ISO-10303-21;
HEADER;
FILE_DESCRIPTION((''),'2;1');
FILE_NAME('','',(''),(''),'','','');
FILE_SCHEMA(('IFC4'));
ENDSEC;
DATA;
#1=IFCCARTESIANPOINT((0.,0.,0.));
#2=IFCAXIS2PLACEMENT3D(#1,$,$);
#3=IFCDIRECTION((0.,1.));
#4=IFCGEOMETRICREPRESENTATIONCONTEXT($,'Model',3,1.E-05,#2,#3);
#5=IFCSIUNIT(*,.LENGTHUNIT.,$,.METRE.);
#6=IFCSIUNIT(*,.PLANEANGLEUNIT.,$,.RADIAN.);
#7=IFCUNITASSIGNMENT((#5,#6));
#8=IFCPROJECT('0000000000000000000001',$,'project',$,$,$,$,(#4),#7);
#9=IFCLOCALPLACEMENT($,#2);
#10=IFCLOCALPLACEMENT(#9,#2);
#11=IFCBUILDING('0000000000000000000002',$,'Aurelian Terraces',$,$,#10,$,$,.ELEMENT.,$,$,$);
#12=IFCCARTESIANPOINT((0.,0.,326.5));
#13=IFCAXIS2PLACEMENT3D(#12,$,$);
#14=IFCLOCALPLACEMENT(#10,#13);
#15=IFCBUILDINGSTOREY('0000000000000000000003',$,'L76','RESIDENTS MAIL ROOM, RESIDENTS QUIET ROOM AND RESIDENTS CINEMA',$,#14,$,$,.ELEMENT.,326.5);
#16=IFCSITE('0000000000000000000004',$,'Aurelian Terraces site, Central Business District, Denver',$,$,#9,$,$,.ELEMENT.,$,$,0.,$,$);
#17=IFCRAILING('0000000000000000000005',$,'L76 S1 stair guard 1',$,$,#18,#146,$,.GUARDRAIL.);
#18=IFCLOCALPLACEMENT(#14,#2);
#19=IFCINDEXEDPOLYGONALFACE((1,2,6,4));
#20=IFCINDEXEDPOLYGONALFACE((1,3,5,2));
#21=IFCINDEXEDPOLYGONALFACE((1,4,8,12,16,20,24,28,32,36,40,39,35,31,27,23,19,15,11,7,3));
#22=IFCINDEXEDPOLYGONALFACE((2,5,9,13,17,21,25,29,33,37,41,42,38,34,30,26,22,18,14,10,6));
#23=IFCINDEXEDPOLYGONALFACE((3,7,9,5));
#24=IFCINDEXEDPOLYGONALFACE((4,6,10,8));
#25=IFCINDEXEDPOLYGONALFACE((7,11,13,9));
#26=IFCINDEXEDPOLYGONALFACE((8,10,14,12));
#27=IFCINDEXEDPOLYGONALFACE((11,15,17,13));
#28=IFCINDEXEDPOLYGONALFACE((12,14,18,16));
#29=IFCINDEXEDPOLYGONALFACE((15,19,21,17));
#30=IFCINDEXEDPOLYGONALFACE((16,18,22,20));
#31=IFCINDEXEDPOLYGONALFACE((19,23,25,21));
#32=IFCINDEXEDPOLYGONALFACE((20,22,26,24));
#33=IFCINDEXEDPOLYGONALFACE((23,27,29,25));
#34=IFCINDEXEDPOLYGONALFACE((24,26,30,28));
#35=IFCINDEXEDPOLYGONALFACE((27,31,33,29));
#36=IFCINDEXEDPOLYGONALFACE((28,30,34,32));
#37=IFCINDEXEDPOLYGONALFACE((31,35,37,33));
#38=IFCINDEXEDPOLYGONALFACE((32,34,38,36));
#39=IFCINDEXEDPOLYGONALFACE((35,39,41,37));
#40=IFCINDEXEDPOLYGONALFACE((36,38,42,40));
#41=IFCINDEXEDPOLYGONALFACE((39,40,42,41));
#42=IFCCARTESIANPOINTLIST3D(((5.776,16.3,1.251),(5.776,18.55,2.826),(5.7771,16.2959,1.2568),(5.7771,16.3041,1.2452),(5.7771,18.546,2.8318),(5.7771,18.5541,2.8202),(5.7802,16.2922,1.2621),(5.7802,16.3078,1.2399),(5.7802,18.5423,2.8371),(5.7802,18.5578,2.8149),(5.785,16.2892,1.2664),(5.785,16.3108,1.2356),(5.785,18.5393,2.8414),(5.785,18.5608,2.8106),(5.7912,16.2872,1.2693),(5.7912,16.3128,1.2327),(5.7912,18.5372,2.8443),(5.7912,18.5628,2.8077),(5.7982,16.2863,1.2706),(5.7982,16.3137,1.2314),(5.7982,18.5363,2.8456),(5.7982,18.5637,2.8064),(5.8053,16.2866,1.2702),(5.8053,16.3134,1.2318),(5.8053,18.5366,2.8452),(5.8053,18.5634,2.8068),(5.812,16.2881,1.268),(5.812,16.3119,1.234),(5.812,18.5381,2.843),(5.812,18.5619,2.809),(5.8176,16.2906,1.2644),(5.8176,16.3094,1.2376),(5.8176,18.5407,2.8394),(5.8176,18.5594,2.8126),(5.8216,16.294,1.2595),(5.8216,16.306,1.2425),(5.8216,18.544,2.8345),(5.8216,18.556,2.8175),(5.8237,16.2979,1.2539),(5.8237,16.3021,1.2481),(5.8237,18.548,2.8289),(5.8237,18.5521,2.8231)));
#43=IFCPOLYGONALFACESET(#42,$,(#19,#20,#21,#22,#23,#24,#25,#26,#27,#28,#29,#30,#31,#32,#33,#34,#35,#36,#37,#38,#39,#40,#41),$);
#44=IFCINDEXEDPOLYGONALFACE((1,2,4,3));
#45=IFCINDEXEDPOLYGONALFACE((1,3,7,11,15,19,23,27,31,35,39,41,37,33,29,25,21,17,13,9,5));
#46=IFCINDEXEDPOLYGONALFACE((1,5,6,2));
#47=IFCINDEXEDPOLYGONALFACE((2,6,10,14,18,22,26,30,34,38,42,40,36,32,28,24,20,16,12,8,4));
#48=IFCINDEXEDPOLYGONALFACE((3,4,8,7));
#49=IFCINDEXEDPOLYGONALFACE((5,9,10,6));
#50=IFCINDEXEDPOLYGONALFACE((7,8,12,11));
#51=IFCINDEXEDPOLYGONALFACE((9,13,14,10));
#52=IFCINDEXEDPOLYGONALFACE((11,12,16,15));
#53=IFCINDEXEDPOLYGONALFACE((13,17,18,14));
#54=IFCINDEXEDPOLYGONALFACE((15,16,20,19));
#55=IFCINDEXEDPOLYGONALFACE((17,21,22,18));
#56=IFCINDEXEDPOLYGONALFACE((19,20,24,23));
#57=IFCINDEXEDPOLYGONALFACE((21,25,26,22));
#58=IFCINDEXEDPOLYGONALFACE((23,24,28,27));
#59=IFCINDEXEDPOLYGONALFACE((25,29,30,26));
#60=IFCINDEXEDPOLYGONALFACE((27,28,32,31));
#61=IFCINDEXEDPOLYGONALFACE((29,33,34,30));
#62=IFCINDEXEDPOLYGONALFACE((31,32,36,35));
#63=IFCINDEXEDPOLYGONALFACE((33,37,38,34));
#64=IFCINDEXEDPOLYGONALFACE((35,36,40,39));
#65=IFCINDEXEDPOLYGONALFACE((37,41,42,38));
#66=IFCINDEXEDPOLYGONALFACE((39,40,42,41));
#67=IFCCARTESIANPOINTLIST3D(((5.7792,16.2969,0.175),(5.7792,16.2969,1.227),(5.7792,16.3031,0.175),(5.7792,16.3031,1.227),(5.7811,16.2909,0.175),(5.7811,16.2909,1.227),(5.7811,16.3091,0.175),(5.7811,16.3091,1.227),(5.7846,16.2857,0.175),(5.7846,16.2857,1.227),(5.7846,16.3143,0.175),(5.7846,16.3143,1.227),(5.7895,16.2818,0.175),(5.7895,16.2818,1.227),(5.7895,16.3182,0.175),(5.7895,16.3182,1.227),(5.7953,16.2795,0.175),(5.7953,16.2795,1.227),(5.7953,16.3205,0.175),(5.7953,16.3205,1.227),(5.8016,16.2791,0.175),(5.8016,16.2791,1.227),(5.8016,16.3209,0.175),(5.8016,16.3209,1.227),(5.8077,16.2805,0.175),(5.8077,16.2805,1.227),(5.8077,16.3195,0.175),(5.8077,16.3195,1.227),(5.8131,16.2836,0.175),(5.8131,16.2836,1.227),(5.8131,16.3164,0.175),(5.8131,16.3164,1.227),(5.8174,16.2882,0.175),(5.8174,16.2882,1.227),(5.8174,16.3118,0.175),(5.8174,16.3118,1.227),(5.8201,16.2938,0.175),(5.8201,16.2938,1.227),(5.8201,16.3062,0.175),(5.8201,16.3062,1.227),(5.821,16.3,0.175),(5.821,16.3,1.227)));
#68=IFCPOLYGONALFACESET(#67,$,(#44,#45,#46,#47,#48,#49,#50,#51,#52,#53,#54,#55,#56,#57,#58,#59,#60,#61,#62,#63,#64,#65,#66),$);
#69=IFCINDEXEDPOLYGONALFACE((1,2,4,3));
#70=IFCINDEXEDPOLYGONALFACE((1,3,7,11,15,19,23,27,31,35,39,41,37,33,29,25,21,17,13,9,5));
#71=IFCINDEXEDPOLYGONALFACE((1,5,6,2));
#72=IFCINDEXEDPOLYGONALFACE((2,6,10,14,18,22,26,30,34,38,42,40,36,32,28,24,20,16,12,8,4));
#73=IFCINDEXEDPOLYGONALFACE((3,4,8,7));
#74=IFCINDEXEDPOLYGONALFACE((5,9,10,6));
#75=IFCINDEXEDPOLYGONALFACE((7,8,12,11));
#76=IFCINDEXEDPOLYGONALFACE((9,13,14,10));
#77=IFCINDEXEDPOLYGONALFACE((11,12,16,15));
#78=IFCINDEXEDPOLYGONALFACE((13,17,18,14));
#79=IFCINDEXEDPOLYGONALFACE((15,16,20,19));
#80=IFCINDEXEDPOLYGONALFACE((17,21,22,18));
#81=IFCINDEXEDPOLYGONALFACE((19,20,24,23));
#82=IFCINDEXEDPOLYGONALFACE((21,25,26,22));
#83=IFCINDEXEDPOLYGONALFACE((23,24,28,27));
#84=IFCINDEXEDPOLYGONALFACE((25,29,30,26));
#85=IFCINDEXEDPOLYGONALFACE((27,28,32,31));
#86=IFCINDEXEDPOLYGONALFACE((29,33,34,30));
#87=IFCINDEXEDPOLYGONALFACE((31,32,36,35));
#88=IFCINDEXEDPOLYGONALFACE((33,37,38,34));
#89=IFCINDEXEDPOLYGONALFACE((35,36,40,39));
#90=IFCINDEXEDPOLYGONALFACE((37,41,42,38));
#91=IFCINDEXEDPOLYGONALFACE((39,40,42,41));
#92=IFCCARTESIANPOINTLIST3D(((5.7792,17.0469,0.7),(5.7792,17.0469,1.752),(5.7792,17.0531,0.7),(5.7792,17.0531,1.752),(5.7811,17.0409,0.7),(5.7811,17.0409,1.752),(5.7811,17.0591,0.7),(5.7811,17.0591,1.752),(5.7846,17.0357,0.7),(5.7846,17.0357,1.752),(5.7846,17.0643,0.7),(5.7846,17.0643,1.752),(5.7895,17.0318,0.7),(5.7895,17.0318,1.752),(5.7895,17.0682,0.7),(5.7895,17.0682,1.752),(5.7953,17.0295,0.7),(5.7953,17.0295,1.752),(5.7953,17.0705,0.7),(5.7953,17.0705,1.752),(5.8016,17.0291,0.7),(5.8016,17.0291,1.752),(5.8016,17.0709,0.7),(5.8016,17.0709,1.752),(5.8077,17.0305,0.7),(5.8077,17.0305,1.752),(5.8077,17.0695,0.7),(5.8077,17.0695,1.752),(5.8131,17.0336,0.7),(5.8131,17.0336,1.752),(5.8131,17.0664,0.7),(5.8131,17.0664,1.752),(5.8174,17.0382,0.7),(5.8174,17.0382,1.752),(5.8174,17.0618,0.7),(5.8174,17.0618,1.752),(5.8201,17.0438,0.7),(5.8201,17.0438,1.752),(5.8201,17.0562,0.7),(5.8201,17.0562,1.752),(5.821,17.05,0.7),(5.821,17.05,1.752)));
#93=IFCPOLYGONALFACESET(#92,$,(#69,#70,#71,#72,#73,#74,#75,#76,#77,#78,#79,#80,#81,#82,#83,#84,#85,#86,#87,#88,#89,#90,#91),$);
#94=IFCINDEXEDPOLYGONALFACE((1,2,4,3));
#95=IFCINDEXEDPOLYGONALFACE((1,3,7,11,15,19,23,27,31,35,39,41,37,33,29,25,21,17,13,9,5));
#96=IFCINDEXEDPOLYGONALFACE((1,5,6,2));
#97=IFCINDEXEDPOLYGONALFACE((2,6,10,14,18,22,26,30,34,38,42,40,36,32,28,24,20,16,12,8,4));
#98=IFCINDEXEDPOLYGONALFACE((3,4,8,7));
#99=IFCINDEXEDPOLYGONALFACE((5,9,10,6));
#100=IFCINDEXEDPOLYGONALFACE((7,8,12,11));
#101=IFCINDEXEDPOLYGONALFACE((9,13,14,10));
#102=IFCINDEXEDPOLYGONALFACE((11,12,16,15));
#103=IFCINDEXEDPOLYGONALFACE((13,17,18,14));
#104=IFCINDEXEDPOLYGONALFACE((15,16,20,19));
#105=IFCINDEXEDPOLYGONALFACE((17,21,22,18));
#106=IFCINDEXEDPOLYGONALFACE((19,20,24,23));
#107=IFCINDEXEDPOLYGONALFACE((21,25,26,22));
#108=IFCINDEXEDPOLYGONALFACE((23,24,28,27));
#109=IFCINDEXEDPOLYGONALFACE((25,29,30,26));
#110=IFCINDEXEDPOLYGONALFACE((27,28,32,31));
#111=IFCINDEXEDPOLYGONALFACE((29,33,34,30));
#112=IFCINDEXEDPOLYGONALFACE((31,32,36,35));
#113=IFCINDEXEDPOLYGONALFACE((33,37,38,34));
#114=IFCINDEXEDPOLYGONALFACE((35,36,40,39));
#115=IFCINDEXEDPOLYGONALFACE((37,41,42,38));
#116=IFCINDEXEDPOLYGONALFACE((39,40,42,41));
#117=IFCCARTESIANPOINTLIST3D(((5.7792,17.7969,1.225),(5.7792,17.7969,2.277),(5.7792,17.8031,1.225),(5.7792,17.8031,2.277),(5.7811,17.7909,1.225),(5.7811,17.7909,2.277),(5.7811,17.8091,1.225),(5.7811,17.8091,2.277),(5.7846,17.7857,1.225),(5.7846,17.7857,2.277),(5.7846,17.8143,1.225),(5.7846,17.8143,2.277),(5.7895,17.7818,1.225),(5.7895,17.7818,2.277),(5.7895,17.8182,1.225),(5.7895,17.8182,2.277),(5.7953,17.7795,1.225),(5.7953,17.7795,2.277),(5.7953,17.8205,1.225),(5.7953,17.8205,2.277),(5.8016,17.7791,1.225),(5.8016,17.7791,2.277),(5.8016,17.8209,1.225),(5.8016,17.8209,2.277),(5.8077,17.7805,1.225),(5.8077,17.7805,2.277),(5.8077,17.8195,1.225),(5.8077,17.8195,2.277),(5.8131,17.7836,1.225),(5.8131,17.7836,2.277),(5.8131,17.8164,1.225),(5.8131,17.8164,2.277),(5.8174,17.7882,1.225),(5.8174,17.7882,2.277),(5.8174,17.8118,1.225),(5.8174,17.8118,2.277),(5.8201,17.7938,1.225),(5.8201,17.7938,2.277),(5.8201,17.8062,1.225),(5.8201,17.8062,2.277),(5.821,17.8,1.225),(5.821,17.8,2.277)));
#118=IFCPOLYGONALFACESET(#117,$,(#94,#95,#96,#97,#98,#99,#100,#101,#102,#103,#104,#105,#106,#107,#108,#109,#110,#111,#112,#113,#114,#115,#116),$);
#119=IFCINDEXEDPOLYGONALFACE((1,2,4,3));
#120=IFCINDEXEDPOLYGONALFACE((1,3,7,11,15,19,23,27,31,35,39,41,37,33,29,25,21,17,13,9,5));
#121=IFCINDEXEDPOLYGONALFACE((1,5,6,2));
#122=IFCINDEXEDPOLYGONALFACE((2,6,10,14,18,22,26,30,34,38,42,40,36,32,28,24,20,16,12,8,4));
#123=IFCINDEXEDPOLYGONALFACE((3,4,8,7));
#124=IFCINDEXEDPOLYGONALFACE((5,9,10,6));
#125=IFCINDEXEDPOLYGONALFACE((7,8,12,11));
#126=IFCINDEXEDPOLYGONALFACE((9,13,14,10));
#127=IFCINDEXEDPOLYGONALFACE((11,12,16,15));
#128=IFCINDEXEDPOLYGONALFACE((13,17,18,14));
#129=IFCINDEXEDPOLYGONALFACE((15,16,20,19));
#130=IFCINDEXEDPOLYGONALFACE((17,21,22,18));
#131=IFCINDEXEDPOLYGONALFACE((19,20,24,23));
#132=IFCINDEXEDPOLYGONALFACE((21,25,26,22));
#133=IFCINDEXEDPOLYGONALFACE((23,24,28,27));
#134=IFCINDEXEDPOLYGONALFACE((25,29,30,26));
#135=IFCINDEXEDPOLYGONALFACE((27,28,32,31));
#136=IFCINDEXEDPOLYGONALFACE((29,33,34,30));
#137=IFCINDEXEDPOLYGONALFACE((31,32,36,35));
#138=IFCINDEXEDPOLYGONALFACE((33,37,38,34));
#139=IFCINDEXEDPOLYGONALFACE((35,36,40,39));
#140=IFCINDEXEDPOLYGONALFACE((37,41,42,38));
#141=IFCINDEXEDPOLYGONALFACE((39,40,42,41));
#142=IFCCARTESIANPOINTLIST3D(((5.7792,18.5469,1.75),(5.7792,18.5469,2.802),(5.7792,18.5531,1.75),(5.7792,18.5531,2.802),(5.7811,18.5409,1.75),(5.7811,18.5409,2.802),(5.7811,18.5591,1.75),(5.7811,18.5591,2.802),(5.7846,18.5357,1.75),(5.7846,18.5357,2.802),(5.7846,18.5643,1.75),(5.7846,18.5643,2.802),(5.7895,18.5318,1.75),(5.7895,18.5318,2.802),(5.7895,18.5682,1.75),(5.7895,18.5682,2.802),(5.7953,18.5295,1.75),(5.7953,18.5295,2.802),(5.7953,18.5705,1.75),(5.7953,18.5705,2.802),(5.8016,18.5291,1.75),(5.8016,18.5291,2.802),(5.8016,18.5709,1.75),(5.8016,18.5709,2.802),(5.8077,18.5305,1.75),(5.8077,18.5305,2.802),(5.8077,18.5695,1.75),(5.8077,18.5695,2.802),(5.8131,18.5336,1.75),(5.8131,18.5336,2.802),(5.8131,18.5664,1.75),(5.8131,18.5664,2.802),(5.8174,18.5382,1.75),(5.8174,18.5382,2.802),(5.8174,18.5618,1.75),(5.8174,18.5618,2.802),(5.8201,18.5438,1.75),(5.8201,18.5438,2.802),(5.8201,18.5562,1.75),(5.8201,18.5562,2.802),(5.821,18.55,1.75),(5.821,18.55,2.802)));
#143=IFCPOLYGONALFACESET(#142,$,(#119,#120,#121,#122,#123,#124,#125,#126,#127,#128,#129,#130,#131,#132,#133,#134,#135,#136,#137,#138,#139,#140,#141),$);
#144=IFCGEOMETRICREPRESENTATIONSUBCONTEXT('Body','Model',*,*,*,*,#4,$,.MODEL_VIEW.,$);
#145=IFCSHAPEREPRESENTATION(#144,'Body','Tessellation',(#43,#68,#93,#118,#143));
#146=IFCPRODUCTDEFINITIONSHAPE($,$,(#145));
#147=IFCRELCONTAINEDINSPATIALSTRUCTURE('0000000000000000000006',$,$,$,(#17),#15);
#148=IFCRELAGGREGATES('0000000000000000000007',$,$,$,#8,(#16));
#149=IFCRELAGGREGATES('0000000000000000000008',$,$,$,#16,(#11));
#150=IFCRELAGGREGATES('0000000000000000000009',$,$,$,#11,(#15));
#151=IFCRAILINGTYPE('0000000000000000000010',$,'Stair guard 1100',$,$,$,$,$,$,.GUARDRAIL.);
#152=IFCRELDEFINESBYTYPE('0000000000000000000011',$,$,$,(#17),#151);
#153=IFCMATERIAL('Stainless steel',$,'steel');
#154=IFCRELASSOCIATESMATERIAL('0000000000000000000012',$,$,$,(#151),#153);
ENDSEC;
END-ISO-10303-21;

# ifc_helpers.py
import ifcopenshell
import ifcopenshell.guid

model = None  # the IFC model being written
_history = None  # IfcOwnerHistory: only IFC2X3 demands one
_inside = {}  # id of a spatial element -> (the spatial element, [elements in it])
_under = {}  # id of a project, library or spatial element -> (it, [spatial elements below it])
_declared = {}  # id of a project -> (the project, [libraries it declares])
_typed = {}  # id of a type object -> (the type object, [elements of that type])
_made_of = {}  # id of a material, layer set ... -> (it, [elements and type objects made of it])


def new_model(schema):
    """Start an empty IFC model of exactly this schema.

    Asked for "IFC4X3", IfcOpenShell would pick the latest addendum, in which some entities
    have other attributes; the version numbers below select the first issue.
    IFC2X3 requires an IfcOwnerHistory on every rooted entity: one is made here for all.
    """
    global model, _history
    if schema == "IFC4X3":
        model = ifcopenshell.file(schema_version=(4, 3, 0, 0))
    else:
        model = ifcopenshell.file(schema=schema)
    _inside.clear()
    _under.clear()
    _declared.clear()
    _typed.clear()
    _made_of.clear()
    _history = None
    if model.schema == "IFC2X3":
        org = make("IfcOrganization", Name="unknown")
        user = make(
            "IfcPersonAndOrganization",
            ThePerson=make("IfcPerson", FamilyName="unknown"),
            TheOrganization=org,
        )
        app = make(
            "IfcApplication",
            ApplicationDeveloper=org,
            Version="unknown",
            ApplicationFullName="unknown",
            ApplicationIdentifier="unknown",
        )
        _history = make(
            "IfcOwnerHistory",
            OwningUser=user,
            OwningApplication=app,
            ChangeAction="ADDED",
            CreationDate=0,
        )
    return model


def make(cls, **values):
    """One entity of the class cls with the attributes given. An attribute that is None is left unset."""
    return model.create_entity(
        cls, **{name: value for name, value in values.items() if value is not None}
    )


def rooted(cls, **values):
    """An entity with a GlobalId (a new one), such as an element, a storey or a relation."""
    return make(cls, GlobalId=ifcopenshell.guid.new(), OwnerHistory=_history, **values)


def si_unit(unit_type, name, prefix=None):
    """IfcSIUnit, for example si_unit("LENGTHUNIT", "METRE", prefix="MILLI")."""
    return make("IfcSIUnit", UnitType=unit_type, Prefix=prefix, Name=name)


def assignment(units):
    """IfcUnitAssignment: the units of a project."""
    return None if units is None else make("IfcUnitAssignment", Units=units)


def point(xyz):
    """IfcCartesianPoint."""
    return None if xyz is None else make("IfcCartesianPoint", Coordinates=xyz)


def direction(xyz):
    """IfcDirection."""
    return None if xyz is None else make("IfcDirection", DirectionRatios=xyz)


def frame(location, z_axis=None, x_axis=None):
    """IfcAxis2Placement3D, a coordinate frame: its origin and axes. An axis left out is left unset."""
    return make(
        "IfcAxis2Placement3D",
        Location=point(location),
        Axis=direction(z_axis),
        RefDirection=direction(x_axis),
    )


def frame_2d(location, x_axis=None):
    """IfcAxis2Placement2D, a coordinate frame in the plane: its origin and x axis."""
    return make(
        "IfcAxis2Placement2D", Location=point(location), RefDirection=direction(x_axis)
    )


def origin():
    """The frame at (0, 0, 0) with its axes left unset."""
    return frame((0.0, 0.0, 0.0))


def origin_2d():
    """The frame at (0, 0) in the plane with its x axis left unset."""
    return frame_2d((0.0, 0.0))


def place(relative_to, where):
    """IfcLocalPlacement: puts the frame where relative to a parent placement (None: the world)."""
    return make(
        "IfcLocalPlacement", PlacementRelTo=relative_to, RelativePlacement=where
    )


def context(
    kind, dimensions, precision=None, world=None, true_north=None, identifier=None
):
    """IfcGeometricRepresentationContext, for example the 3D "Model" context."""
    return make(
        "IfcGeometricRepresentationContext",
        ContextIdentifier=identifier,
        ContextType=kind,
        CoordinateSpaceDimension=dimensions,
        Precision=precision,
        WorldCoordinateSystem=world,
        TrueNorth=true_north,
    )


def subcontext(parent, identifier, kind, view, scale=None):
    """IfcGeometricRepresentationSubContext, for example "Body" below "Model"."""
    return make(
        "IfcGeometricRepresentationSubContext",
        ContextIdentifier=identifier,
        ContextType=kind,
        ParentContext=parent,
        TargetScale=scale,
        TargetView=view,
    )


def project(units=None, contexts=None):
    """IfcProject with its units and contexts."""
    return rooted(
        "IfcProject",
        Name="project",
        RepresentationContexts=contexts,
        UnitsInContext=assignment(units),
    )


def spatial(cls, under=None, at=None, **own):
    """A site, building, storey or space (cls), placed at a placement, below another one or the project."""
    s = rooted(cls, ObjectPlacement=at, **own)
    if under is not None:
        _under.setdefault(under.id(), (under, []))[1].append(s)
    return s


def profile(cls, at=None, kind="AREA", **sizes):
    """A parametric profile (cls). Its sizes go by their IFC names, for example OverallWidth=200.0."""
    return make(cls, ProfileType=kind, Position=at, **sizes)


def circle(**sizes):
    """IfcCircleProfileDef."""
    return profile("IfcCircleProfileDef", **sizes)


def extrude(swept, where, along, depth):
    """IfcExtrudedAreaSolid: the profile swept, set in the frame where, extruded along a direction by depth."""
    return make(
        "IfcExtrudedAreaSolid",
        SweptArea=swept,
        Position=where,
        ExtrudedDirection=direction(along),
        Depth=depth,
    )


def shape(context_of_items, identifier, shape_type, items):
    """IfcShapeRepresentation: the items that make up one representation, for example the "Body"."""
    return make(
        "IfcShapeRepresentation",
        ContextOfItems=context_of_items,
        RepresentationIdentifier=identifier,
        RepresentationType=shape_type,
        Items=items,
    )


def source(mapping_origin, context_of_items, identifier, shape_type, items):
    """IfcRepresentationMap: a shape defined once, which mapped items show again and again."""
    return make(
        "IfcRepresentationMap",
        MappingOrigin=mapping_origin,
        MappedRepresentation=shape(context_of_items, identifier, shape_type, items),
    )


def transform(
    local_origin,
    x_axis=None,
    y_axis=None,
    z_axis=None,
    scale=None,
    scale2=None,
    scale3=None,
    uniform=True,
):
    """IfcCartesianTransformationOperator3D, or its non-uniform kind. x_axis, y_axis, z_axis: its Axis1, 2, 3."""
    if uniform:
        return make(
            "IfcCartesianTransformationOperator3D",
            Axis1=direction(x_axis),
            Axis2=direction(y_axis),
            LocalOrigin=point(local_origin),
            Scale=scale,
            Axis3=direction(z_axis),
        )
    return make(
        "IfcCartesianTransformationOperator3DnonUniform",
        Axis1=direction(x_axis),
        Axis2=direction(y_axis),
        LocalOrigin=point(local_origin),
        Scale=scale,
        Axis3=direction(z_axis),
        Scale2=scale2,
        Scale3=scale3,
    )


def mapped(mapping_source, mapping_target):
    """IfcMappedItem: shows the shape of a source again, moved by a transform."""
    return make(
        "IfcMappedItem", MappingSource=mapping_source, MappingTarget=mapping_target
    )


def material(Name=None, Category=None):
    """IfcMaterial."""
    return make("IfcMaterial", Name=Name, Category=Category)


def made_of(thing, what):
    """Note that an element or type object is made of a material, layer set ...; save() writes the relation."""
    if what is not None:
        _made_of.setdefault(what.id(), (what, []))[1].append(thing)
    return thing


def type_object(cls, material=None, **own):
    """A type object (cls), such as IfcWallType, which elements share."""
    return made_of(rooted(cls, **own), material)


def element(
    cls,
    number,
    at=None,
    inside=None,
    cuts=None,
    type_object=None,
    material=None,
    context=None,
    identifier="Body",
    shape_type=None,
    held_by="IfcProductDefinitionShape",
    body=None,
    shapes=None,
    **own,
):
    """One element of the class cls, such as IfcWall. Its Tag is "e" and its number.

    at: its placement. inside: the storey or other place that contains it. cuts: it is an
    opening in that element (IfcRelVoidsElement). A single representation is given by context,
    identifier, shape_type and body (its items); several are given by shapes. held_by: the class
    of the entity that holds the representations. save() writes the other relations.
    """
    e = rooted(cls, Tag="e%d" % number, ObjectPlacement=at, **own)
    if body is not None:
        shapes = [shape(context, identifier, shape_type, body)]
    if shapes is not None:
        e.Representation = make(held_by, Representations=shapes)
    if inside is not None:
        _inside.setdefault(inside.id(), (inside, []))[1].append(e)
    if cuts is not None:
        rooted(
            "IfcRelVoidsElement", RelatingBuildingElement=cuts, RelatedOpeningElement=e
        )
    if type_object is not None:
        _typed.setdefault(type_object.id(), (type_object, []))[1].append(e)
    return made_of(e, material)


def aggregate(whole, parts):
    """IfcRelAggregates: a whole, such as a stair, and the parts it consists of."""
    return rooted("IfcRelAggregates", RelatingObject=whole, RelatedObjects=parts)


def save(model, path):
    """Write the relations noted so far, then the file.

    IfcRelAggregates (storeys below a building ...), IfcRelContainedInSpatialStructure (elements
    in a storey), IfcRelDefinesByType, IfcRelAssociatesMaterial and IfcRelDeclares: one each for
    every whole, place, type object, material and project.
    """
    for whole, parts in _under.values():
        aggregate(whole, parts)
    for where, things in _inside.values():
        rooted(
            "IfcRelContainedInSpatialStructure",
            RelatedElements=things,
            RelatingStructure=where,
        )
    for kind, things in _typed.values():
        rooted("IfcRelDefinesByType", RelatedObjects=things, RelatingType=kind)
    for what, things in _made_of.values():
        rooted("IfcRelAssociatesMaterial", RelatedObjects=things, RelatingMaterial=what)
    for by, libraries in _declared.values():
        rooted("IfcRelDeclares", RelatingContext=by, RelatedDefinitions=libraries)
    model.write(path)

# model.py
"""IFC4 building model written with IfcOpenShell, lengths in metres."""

from ifc_helpers import new_model, si_unit, direction, frame, origin, origin_2d, place, context, subcontext, project, spatial, circle, extrude, source, transform, mapped, material, type_object, element, save


model = new_model("IFC4")

# Units and contexts
model_context = context("Model", 3, precision=1e-05, world=origin(), true_north=direction((0.0, 1.0)))
body_context = subcontext(model_context, "Body", "Model", "MODEL_VIEW")
ifc_project = project(units=[si_unit("LENGTHUNIT", "METRE"), si_unit("PLANEANGLEUNIT", "RADIAN")], contexts=[model_context])

# Site, building, storey
site_placement = place(None, origin())
site = spatial("IfcSite", under=ifc_project, at=site_placement, Name="Aurelian Terraces site, Central Business District, Denver", CompositionType="ELEMENT", RefElevation=0.0)
building_placement = place(site_placement, origin())
building = spatial("IfcBuilding", under=site, at=building_placement, Name="Aurelian Terraces", CompositionType="ELEMENT")
storey_placement = place(building_placement, frame((0.0, 0.0, 326.5)))
storey = spatial("IfcBuildingStorey", under=building, at=storey_placement, Name="L76", Description="RESIDENTS MAIL ROOM, RESIDENTS QUIET ROOM AND RESIDENTS CINEMA", CompositionType="ELEMENT", Elevation=326.5)

# Railing
ifc_material_1 = material(Name="Stainless steel", Category="steel")
railing_type_1 = type_object("IfcRailingType", Name="Stair guard 1100", PredefinedType="GUARDRAIL", material=ifc_material_1)
shared_shape_1 = source(origin(), body_context, "Body", "SweptSolid", [
    extrude(circle(Radius=0.024, at=origin_2d()), frame((0.0, 0.0, 1.076), z_axis=(0.0, 0.819232, 0.573462), x_axis=(-1.0, 0.0, 0.0)), (0.0, 0.0, 1.0), 2.7465),
    extrude(circle(Radius=0.021, at=origin_2d()), origin(), (0.0, 0.0, 1.0), 1.052),
    extrude(circle(Radius=0.021, at=origin_2d()), frame((0.0, 0.75, 0.525)), (0.0, 0.0, 1.0), 1.052),
    extrude(circle(Radius=0.021, at=origin_2d()), frame((0.0, 1.5, 1.05)), (0.0, 0.0, 1.0), 1.052),
    extrude(circle(Radius=0.021, at=origin_2d()), frame((0.0, 2.25, 1.575)), (0.0, 0.0, 1.0), 1.052),
])
railing_1_placement = place(storey_placement, frame((5.8, 16.3, 0.175)))
element("IfcRailing", 1, at=railing_1_placement, inside=storey, type_object=railing_type_1, Name="L76 S1 stair guard 1", PredefinedType="GUARDRAIL", context=body_context, shape_type="MappedRepresentation", body=[
    mapped(shared_shape_1, transform((0.0, 0.0, 0.0), scale=1.0)),
])

save(model, "model.ifc")
